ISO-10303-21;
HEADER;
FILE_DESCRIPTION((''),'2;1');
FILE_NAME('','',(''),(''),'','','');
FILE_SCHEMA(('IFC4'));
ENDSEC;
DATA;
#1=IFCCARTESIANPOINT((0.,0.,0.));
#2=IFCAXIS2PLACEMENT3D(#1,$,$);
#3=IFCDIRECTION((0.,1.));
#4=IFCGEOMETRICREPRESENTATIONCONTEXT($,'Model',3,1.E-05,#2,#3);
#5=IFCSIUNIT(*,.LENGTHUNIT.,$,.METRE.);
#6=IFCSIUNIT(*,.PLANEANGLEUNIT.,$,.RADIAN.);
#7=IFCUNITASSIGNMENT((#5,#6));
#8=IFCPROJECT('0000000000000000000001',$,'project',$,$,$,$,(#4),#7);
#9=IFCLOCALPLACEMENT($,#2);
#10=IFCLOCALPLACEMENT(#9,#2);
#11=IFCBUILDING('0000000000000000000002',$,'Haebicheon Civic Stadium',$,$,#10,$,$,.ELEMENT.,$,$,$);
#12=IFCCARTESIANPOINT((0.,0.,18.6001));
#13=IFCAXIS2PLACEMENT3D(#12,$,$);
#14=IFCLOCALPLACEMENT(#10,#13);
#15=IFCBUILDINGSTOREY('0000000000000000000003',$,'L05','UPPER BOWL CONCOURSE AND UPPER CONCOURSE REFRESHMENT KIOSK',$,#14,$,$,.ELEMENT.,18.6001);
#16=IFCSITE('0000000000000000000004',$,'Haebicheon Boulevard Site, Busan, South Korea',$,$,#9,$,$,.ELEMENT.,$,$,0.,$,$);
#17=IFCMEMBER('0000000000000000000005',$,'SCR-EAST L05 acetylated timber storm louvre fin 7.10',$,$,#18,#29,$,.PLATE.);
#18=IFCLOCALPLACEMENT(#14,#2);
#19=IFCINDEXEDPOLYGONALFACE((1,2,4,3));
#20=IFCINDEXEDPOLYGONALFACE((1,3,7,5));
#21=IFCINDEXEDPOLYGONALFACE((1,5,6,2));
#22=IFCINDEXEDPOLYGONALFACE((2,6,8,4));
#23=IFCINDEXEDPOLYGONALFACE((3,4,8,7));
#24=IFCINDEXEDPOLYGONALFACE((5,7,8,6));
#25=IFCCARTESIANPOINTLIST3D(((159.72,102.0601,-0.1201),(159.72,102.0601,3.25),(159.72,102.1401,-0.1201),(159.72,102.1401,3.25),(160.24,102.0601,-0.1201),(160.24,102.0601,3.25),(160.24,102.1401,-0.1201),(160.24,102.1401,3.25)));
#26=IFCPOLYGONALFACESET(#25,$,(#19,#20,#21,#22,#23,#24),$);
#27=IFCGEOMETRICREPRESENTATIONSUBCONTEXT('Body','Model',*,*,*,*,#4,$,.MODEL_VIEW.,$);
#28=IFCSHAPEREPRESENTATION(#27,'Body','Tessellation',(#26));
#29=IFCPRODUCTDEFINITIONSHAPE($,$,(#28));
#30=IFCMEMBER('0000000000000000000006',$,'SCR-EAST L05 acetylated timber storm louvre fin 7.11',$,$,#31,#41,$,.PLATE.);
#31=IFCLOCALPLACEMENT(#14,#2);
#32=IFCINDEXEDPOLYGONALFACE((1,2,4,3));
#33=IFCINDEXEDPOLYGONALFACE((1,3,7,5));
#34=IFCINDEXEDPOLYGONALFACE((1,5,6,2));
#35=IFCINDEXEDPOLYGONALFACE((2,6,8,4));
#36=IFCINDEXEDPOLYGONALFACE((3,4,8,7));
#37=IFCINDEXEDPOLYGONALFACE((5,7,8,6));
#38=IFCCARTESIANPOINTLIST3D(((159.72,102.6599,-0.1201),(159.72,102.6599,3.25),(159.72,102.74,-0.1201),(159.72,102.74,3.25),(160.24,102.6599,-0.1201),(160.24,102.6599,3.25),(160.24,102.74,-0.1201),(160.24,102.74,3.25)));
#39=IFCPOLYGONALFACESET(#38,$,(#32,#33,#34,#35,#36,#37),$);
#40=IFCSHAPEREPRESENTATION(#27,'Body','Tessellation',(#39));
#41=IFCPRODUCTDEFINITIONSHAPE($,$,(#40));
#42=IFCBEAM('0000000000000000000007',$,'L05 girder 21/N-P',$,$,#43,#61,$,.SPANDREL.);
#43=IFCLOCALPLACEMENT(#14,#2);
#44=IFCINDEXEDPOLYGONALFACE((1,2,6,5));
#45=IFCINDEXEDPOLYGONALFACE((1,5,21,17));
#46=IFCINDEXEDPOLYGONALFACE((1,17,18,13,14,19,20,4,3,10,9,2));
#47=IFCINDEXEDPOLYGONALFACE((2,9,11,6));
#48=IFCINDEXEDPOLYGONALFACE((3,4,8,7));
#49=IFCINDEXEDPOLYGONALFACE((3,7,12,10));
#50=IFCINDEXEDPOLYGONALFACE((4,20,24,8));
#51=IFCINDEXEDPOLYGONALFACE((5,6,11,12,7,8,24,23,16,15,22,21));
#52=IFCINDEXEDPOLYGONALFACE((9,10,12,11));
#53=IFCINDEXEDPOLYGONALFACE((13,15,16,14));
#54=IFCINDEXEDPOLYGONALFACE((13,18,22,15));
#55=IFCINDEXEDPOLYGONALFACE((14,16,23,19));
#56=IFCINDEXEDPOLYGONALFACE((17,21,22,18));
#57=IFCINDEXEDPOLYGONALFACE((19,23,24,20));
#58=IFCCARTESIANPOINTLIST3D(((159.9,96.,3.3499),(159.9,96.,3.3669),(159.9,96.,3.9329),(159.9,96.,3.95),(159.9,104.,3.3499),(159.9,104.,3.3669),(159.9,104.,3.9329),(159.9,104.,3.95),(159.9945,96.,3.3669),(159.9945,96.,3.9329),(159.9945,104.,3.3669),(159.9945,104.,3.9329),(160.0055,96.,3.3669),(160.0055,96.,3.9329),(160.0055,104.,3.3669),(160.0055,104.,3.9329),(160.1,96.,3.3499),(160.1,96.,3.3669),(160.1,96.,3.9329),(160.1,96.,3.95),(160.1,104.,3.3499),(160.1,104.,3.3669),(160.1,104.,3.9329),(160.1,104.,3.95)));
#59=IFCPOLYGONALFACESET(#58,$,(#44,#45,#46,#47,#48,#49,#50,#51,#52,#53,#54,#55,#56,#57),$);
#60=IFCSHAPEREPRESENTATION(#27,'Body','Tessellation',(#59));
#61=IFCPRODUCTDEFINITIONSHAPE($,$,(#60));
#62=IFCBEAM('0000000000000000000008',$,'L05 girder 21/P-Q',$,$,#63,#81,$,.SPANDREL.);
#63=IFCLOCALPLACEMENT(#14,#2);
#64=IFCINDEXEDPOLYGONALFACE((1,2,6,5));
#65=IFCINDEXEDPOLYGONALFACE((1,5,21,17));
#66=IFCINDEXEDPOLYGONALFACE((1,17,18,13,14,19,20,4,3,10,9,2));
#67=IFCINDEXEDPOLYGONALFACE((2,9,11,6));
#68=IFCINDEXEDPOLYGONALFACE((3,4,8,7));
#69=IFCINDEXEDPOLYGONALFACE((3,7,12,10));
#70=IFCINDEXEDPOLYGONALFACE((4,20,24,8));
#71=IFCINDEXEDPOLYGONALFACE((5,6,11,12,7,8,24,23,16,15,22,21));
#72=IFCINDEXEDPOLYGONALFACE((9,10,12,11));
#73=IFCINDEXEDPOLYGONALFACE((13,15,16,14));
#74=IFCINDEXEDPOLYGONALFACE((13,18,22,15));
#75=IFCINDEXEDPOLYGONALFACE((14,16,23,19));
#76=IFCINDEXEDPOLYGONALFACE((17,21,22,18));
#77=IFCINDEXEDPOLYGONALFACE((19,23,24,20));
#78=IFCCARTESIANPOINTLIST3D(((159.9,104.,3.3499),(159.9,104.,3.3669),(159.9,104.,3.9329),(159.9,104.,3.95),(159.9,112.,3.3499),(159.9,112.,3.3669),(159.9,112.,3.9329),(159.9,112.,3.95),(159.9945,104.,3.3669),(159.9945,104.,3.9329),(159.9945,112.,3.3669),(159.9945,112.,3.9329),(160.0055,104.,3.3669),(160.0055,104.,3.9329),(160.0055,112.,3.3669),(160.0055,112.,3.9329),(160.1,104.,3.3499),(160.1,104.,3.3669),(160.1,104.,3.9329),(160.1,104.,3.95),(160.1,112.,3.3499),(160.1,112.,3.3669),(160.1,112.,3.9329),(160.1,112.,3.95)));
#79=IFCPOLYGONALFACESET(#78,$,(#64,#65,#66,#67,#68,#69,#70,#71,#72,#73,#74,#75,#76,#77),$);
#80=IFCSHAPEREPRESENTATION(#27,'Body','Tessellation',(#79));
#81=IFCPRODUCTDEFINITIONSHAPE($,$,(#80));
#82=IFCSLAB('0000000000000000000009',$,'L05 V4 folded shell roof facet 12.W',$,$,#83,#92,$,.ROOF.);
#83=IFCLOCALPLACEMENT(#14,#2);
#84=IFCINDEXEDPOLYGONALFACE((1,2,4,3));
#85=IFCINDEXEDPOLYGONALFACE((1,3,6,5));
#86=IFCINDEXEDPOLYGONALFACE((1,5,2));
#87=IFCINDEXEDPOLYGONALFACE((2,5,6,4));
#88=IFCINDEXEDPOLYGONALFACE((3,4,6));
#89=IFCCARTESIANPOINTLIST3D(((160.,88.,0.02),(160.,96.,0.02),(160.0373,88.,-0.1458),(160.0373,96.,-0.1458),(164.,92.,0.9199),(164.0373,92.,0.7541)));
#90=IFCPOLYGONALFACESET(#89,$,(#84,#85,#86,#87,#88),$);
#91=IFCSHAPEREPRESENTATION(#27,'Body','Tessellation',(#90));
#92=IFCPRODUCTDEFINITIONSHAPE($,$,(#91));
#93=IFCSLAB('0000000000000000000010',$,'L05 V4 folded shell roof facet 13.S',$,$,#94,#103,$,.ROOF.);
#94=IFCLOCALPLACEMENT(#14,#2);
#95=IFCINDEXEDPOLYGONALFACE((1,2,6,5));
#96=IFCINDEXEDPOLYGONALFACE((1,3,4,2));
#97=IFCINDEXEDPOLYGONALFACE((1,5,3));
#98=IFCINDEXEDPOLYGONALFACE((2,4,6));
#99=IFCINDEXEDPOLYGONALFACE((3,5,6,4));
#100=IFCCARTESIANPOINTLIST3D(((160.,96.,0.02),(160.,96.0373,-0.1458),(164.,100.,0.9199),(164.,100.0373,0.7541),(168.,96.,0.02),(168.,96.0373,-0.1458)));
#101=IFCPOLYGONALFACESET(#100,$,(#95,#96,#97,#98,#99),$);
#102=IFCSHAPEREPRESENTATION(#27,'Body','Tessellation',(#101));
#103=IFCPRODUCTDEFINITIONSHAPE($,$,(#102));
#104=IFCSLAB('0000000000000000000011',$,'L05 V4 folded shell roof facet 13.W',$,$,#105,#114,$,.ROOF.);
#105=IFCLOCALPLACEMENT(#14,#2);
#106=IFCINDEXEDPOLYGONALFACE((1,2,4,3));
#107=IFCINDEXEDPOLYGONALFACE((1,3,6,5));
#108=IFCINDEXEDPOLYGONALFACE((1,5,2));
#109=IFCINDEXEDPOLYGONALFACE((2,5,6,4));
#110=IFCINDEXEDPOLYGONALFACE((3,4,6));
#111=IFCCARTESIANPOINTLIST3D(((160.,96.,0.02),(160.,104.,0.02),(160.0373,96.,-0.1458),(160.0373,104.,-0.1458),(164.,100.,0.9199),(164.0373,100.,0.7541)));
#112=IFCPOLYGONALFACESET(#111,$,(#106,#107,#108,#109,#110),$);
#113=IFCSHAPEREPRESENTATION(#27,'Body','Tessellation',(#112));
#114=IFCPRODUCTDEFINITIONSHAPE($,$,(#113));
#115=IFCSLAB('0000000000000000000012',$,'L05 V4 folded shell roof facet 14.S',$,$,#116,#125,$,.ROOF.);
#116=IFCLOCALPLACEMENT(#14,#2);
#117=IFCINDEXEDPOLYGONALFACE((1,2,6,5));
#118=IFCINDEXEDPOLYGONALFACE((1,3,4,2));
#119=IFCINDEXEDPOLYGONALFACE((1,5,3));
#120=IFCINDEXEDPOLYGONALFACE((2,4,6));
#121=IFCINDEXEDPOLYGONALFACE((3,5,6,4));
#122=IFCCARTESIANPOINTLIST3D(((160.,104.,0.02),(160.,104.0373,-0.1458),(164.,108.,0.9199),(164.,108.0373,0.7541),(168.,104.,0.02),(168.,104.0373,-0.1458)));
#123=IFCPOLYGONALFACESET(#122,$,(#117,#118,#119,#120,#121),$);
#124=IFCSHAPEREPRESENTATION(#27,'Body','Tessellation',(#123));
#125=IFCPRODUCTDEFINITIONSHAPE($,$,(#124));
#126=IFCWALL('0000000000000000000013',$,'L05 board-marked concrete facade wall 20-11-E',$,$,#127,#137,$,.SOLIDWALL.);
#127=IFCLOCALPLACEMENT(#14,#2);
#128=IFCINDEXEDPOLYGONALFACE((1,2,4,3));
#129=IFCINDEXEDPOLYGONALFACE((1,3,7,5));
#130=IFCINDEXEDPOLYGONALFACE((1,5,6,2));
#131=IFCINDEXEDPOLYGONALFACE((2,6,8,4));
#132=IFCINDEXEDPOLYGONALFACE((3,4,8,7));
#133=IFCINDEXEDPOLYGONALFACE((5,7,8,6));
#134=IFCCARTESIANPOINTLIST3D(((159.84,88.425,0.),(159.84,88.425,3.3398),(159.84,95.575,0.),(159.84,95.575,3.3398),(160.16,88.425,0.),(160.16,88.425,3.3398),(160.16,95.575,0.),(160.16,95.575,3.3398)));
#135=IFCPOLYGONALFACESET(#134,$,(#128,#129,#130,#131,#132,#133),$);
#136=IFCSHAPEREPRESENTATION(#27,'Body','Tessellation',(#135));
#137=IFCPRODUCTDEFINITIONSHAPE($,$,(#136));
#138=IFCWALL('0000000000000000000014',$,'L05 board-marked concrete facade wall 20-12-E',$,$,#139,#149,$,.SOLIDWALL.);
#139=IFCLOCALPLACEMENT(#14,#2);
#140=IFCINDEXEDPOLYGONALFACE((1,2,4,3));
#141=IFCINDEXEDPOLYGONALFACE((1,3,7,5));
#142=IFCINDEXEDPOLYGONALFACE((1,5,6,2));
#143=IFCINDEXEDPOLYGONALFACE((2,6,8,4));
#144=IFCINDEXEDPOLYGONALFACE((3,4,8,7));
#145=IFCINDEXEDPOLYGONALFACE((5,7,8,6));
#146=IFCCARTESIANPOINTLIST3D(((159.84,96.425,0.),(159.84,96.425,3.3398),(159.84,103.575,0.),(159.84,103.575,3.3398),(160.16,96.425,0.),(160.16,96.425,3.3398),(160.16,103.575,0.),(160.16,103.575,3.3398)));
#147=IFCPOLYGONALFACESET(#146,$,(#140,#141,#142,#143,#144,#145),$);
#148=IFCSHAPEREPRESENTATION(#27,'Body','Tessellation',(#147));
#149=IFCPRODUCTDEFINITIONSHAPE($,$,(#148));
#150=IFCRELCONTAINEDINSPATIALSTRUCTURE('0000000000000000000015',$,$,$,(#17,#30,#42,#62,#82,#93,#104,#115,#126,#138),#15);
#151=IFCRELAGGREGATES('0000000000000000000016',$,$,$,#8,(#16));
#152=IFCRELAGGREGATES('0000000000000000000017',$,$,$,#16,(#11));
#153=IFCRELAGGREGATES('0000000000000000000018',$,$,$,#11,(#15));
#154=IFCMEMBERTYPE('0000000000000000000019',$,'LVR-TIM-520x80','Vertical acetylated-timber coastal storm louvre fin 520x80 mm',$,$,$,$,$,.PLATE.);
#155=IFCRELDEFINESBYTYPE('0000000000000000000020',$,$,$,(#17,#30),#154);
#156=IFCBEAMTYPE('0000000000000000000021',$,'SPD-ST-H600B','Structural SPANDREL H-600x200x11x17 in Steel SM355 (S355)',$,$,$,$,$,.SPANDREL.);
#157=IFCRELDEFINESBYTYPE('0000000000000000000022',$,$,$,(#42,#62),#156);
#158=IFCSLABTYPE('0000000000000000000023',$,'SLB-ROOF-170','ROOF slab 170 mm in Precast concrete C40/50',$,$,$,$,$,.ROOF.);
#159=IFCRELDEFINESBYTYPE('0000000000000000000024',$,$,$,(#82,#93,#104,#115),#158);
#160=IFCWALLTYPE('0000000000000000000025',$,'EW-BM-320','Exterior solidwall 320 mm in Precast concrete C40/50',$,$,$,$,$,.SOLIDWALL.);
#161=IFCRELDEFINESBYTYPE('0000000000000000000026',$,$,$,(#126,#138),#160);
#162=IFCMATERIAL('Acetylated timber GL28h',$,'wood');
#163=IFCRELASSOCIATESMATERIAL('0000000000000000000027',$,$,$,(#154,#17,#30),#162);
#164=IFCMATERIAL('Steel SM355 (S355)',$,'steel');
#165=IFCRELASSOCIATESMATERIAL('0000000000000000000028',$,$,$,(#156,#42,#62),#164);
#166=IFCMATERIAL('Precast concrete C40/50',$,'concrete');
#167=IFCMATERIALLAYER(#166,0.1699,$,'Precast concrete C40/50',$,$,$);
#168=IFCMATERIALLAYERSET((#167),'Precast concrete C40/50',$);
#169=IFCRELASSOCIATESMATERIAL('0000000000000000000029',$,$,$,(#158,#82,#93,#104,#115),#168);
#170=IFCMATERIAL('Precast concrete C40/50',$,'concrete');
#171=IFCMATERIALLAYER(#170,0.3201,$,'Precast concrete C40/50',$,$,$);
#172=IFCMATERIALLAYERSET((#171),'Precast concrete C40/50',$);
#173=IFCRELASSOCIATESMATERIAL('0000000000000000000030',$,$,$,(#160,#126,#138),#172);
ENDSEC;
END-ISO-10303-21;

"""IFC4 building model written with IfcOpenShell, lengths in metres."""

from ifc_helpers import new_model, si_unit, direction, frame, frame_2d, origin, origin_2d, place, context, subcontext, project, spatial, polyline, rectangle, i_section, outline, extrude, material, layer, layer_set, material_profile, profile_set, type_object, element, save


model = new_model("IFC4")

# Units and contexts
model_context = context("Model", 3, precision=1e-05, world=origin(), true_north=direction((0.0, 1.0)))
body_context = subcontext(model_context, "Body", "Model", "MODEL_VIEW")
ifc_project = project(units=[si_unit("LENGTHUNIT", "METRE"), si_unit("PLANEANGLEUNIT", "RADIAN")], contexts=[model_context])

# Site, building, storey
site_placement = place(None, origin())
site = spatial("IfcSite", under=ifc_project, at=site_placement, Name="Haebicheon Boulevard Site, Busan, South Korea", CompositionType="ELEMENT", RefElevation=0.0)
building_placement = place(site_placement, origin())
building = spatial("IfcBuilding", under=site, at=building_placement, Name="Haebicheon Civic Stadium", CompositionType="ELEMENT")
storey_placement = place(building_placement, frame((0.0, 0.0, 18.6001)))
storey = spatial("IfcBuildingStorey", under=building, at=storey_placement, Name="L05", Description="UPPER BOWL CONCOURSE AND UPPER CONCOURSE REFRESHMENT KIOSK", CompositionType="ELEMENT", Elevation=18.6001)

# Members
ifc_material_1 = material(Name="Acetylated timber GL28h", Category="wood")
ifc_material_profile_1 = material_profile(ifc_material_1, rectangle(XDim=0.0801, YDim=0.52, at=origin_2d()), Name="TMB-LOUV-80x520")
ifc_profile_set_1 = profile_set([ifc_material_profile_1], Name="Acetylated timber GL28h")
member_type = type_object("IfcMemberType", Name="LVR-TIM-520x80", Description="Vertical acetylated-timber coastal storm louvre fin 520x80 mm", PredefinedType="PLATE", material=ifc_profile_set_1)
for number, where, z_axis, x_axis, name in (
    (1, (159.98, 102.1001, -0.1201), (0.0, 0.0, 1.0), (0.0, 1.0, 0.0), "SCR-EAST L05 acetylated timber storm louvre fin 7.10"),
    (2, (159.98, 102.7, -0.1201), (0.0, 0.0, 1.0), (0.0, 1.0, 0.0), "SCR-EAST L05 acetylated timber storm louvre fin 7.11"),
):
    element("IfcMember", number, at=place(storey_placement, frame(where, z_axis=z_axis, x_axis=x_axis)), inside=storey, type_object=member_type, material=ifc_profile_set_1, Name=name, PredefinedType="PLATE", context=body_context, shape_type="SweptSolid", body=[
        extrude(rectangle(XDim=0.0801, YDim=0.52, at=origin_2d()), origin(), (0.0, 0.0, 1.0), 3.3701),
    ])

# Beams
ifc_material_2 = material(Name="Steel SM355 (S355)", Category="steel")
ifc_material_profile_2 = material_profile(ifc_material_2, i_section(OverallWidth=0.2, OverallDepth=0.6001, WebThickness=0.011, FlangeThickness=0.0171, at=origin_2d()), Name="H-600x200x11x17")
ifc_profile_set_2 = profile_set([ifc_material_profile_2], Name="Steel SM355 (S355)")
beam_type = type_object("IfcBeamType", Name="SPD-ST-H600B", Description="Structural SPANDREL H-600x200x11x17 in Steel SM355 (S355)", PredefinedType="SPANDREL", material=ifc_profile_set_2)
for number, where, z_axis, x_axis, name in (
    (3, (160.0, 96.0, 3.6499), (0.0, 1.0, 0.0), (-1.0, 0.0, 0.0), "L05 girder 21/N-P"),
    (4, (160.0, 104.0, 3.6499), (0.0, 1.0, 0.0), (-1.0, 0.0, 0.0), "L05 girder 21/P-Q"),
):
    element("IfcBeam", number, at=place(storey_placement, frame(where, z_axis=z_axis, x_axis=x_axis)), inside=storey, type_object=beam_type, material=ifc_profile_set_2, Name=name, PredefinedType="SPANDREL", context=body_context, shape_type="SweptSolid", body=[
        extrude(i_section(OverallWidth=0.2, OverallDepth=0.6001, WebThickness=0.011, FlangeThickness=0.0171, at=origin_2d()), origin(), (0.0, 0.0, 1.0), 8.0),
    ])

# Slabs
ifc_material_3 = material(Name="Precast concrete C40/50", Category="concrete")
ifc_layer_1 = layer(ifc_material_3, 0.1699, Name="Precast concrete C40/50")
ifc_layer_set_1 = layer_set([ifc_layer_1], Name="Precast concrete C40/50")
slab_type = type_object("IfcSlabType", Name="SLB-ROOF-170", Description="ROOF slab 170 mm in Precast concrete C40/50", PredefinedType="ROOF", material=ifc_layer_set_1)
for number, where, z_axis, x_axis, name in (
    (5, (160.0, 96.0, 0.02), (-0.21949, 0.0, 0.975615), (0.0, -1.0, 0.0), "L05 V4 folded shell roof facet 12.W"),
    (6, (160.0, 96.0, 0.02), (0.0, -0.21949, 0.975615), (1.0, 0.0, 0.0), "L05 V4 folded shell roof facet 13.S"),
    (7, (160.0, 104.0, 0.02), (-0.21949, 0.0, 0.975615), (0.0, -1.0, 0.0), "L05 V4 folded shell roof facet 13.W"),
    (8, (160.0, 104.0, 0.02), (0.0, -0.21949, 0.975615), (1.0, 0.0, 0.0), "L05 V4 folded shell roof facet 14.S"),
):
    element("IfcSlab", number, at=place(storey_placement, frame(where, z_axis=z_axis, x_axis=x_axis)), inside=storey, type_object=slab_type, material=ifc_layer_set_1, Name=name, PredefinedType="ROOF", context=body_context, shape_type="SweptSolid", body=[
        extrude(outline(polyline([(0.0, 0.0), (8.0, 0.0), (4.0, 4.1), (0.0, 0.0)])), origin(), (0.0, 0.0, -1.0), 0.1699),
    ])

# Walls
ifc_material_4 = material(Name="Precast concrete C40/50", Category="concrete")
ifc_layer_2 = layer(ifc_material_4, 0.3201, Name="Precast concrete C40/50")
ifc_layer_set_2 = layer_set([ifc_layer_2], Name="Precast concrete C40/50")
wall_type = type_object("IfcWallType", Name="EW-BM-320", Description="Exterior solidwall 320 mm in Precast concrete C40/50", PredefinedType="SOLIDWALL", material=ifc_layer_set_2)
for number, where, z_axis, x_axis, name in (
    (9, (160.0, 88.425, 0.0), (0.0, 0.0, 1.0), (0.0, 1.0, 0.0), "L05 board-marked concrete facade wall 20-11-E"),
    (10, (160.0, 96.425, 0.0), (0.0, 0.0, 1.0), (0.0, 1.0, 0.0), "L05 board-marked concrete facade wall 20-12-E"),
):
    element("IfcWall", number, at=place(storey_placement, frame(where, z_axis=z_axis, x_axis=x_axis)), inside=storey, type_object=wall_type, material=ifc_layer_set_2, Name=name, PredefinedType="SOLIDWALL", context=body_context, shape_type="SweptSolid", body=[
        extrude(rectangle(XDim=7.1499, YDim=0.3201, at=frame_2d((3.575, 0.0))), origin(), (0.0, 0.0, 1.0), 3.3398),
    ])

save(model, "model.ifc")
